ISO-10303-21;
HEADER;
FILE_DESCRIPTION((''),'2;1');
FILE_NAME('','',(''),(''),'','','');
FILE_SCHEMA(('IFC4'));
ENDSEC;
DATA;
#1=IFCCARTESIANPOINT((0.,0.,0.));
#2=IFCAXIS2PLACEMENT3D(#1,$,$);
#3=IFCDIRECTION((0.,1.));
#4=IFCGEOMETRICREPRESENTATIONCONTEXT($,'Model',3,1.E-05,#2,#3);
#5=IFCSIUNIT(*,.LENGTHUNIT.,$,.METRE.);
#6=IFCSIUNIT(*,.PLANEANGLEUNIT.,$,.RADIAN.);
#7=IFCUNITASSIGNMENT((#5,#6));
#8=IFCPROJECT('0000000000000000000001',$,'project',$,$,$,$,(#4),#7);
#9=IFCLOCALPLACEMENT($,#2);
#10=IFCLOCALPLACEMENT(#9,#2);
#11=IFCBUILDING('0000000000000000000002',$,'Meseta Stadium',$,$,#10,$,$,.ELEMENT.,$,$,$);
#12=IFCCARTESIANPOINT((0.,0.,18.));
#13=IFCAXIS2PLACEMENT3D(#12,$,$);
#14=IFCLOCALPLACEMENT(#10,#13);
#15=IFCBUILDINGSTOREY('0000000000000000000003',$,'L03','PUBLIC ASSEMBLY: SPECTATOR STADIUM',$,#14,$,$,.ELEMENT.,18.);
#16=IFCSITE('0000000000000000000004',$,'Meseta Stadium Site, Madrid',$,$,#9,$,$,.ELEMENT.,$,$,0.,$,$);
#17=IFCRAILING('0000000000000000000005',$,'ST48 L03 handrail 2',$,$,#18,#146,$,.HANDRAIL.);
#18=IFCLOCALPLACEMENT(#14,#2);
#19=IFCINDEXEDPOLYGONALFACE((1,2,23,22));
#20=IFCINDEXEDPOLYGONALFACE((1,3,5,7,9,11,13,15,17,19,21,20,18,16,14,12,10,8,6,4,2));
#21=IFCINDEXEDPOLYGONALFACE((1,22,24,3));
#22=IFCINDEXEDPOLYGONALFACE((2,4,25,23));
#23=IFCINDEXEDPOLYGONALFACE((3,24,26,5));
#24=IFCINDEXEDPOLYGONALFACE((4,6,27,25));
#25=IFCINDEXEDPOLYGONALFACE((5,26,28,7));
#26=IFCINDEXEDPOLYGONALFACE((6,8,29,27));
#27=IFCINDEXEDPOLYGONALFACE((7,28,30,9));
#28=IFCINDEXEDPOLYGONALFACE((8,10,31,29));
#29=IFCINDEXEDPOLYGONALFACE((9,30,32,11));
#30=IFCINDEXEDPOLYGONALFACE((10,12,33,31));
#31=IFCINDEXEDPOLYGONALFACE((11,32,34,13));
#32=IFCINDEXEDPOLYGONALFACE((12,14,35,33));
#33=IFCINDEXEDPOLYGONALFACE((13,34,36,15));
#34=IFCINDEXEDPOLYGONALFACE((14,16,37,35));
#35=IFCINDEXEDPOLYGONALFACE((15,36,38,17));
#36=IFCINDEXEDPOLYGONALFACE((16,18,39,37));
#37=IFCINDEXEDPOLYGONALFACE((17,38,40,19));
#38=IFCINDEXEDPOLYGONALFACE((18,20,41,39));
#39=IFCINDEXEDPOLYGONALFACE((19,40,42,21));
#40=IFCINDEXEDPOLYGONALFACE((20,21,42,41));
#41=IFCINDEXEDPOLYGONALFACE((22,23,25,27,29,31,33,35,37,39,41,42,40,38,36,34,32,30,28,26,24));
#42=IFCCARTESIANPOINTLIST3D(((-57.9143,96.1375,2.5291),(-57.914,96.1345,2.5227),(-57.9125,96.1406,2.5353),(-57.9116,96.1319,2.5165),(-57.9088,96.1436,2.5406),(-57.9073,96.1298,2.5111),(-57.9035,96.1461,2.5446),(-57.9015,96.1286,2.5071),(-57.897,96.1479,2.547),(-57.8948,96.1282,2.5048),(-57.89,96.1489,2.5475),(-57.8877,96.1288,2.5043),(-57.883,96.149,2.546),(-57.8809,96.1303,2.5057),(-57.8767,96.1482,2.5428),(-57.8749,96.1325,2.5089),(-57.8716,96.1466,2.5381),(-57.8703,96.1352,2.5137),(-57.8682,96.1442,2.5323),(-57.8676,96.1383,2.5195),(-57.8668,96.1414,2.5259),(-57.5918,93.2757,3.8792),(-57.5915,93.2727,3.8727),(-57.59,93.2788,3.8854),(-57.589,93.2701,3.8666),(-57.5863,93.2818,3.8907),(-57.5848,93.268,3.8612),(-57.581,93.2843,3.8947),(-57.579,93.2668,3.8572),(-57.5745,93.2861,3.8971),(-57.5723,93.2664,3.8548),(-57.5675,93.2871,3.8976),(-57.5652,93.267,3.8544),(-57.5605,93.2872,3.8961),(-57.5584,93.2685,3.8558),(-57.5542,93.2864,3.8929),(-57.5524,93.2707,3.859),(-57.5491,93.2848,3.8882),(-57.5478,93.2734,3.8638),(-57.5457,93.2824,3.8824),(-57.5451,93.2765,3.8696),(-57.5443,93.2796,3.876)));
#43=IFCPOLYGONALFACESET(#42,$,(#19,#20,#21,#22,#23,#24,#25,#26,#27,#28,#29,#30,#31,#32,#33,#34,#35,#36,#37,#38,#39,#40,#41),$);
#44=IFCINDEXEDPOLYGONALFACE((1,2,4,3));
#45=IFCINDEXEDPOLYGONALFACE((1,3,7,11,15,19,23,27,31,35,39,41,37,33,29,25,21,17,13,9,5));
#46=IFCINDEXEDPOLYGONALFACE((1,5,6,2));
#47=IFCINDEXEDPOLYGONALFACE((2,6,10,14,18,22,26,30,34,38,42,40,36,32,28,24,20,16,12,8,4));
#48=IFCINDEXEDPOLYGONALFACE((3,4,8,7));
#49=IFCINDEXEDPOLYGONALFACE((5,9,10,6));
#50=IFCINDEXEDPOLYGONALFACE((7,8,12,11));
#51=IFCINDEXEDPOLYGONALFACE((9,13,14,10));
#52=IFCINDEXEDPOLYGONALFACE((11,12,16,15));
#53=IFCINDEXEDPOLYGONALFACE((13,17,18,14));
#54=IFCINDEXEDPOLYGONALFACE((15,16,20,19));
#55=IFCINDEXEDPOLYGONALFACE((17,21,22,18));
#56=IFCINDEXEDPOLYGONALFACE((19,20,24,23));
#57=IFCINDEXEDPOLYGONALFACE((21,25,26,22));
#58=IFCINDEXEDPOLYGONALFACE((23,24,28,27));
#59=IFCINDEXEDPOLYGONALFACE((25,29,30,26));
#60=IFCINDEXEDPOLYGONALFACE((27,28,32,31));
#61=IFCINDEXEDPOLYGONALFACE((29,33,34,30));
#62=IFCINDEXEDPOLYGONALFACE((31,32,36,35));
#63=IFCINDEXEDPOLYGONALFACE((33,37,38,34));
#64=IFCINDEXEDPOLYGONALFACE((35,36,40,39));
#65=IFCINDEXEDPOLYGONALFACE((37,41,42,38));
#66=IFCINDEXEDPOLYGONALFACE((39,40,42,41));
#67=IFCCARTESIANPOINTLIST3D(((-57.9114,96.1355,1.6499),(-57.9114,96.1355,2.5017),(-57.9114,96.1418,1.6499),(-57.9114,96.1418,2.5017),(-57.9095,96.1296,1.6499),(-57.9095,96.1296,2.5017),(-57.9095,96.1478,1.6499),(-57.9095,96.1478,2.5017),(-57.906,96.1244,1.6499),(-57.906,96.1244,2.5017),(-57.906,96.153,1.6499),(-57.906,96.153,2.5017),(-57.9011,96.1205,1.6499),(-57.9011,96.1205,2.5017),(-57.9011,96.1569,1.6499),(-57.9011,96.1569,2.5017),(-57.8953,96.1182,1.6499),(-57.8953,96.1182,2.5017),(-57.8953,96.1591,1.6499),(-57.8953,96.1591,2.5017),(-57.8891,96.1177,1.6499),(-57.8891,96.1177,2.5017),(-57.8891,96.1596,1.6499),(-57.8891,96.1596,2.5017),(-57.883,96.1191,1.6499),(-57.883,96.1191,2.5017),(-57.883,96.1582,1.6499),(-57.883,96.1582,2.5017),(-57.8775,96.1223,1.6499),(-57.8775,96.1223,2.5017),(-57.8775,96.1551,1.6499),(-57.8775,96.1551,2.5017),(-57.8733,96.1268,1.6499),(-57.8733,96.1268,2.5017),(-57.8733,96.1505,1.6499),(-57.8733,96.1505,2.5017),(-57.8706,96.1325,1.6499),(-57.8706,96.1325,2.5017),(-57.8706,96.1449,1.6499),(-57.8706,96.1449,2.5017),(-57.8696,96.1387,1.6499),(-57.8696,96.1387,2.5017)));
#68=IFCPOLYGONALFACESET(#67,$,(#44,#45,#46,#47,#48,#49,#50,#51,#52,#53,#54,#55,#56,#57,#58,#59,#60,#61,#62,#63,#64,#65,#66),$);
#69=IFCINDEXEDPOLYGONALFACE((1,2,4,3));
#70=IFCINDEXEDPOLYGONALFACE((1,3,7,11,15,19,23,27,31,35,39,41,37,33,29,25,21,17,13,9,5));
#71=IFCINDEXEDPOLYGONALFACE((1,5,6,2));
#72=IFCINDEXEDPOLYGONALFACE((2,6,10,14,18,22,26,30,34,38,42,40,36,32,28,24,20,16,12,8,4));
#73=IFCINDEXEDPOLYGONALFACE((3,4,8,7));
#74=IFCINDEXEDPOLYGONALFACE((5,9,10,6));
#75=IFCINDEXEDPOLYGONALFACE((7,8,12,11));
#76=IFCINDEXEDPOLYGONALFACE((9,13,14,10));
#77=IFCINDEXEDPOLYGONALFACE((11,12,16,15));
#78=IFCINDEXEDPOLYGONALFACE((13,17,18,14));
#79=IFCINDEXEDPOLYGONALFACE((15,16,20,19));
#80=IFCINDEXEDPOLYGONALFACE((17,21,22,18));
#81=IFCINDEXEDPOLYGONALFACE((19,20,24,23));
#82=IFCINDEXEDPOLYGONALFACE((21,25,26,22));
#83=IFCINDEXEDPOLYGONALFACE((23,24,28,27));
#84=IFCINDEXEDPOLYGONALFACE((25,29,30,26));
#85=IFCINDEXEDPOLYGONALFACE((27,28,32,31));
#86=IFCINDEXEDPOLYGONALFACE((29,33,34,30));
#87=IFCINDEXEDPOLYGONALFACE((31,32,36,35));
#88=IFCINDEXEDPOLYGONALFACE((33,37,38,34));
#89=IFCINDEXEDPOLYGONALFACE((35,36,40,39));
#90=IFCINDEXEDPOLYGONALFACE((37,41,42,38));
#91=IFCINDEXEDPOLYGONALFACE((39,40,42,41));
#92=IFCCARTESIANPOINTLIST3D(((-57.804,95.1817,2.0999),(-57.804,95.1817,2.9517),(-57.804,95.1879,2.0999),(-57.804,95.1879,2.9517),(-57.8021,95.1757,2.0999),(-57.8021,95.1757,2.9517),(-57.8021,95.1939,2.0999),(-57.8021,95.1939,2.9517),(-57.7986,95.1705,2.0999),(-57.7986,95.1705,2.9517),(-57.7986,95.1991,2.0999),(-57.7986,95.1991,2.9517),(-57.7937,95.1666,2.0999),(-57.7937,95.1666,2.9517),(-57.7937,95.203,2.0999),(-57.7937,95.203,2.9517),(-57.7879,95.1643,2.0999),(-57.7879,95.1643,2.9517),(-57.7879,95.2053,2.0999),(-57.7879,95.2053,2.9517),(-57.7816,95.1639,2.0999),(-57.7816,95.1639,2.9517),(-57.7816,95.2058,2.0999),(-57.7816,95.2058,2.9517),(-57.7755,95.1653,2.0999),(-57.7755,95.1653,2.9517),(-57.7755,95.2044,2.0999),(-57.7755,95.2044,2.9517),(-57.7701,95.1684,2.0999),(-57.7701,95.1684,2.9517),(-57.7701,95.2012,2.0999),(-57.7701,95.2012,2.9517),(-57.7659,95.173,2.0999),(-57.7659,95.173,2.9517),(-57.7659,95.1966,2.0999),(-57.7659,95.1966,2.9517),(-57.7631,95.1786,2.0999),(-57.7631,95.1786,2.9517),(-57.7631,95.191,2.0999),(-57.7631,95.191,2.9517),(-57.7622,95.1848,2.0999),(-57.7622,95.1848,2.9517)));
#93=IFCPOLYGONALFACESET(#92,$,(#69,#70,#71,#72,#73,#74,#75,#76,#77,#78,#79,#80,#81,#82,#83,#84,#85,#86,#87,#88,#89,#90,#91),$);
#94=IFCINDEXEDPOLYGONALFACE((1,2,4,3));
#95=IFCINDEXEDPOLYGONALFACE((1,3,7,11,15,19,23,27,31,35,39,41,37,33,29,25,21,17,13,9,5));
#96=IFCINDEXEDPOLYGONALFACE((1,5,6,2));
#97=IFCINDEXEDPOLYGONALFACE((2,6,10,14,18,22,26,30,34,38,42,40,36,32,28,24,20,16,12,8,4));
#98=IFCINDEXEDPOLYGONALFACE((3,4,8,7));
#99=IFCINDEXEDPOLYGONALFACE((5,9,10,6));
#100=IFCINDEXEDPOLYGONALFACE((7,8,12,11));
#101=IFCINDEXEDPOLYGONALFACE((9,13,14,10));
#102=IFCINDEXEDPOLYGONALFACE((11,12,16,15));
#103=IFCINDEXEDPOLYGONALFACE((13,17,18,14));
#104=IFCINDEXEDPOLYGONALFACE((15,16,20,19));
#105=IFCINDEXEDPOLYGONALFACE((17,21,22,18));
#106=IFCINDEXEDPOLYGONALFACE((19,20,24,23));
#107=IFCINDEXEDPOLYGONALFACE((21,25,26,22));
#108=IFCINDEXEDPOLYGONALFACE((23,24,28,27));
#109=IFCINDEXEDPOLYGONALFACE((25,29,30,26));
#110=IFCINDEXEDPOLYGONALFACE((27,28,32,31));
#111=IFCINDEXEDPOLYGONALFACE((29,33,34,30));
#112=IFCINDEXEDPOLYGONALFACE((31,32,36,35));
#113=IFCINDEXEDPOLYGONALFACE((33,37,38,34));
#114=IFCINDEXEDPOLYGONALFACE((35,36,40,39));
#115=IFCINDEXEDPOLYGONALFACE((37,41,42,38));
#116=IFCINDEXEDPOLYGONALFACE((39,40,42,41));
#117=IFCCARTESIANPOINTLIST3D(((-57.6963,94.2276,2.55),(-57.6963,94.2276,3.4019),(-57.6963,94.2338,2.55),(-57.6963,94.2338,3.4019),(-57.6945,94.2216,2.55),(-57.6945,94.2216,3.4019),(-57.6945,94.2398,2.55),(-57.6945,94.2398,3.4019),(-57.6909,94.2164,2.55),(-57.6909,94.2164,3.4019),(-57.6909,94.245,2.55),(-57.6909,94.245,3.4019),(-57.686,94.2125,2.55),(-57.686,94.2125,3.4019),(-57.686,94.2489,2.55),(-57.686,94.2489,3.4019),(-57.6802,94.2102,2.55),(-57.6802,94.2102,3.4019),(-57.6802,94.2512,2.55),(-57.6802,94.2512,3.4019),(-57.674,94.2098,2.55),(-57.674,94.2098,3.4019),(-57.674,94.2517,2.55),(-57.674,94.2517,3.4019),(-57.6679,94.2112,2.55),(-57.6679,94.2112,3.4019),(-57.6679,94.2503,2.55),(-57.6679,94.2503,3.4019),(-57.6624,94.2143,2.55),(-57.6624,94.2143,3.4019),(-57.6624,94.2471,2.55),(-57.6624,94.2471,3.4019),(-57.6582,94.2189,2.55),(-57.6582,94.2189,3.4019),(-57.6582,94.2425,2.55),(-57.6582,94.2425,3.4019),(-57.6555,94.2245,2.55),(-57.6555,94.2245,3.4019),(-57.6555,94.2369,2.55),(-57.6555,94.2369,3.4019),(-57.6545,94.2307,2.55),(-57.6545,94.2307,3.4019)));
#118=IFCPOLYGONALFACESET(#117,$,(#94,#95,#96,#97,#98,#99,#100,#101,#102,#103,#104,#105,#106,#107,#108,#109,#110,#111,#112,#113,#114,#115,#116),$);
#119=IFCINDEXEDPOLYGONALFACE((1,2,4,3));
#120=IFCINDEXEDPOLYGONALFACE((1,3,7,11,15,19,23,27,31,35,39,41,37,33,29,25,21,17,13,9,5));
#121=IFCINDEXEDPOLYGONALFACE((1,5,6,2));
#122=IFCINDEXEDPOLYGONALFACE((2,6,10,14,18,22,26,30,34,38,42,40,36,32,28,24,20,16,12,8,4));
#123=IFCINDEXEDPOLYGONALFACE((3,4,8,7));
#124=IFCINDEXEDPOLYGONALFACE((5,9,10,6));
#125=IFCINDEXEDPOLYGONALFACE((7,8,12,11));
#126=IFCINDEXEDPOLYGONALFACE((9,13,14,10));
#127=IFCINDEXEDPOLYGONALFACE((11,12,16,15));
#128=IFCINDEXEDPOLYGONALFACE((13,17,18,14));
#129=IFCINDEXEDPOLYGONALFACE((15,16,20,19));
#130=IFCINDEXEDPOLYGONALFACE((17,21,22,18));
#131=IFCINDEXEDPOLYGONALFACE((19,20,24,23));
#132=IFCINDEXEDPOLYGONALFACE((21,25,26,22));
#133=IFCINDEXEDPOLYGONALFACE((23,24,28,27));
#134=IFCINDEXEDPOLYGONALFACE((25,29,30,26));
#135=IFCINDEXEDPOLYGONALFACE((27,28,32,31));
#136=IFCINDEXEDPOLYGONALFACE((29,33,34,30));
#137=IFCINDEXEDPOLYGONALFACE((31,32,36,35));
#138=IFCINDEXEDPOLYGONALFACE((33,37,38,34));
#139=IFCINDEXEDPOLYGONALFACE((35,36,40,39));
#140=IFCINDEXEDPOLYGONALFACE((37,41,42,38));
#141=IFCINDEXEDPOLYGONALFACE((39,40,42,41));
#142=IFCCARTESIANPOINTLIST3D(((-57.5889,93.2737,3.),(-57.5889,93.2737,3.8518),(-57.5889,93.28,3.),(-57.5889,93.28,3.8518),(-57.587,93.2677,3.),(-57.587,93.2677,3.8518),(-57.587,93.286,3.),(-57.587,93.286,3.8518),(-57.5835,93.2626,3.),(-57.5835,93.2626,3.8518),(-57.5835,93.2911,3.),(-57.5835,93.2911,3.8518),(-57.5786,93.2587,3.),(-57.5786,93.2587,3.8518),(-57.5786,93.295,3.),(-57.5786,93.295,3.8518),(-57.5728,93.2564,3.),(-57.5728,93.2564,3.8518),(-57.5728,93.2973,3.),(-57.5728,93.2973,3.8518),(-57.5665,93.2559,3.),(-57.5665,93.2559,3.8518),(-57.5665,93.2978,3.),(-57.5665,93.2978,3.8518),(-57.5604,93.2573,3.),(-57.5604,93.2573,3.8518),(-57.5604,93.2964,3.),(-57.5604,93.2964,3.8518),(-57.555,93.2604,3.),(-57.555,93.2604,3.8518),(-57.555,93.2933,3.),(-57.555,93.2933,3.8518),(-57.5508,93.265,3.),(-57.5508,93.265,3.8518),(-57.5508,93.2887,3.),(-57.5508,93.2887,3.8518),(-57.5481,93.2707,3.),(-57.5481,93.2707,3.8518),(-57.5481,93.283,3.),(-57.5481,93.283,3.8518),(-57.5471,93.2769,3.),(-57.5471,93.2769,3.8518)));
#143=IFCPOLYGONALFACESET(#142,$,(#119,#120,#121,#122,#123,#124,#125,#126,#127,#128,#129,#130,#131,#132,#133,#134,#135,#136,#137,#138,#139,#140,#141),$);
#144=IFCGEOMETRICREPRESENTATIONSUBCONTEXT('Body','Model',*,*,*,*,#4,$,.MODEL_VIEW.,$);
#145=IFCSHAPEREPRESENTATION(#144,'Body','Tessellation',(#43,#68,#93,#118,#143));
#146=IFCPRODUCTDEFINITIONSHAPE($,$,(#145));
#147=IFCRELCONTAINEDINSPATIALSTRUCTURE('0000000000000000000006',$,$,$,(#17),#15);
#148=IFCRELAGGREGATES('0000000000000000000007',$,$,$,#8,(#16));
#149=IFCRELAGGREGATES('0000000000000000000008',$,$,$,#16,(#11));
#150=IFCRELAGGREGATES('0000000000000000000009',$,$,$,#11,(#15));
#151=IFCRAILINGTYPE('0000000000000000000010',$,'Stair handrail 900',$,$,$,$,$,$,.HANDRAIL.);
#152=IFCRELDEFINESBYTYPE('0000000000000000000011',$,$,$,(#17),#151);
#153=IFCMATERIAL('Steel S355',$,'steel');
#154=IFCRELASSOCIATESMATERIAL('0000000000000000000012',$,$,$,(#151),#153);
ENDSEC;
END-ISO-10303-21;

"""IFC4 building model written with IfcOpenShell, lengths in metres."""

from ifc_helpers import new_model, si_unit, direction, frame, origin, origin_2d, place, context, subcontext, project, spatial, circle, extrude, material, type_object, element, save


model = new_model("IFC4")

# Units and contexts
model_context = context("Model", 3, precision=1e-05, world=origin(), true_north=direction((0.0, 1.0)))
body_context = subcontext(model_context, "Body", "Model", "MODEL_VIEW")
ifc_project = project(units=[si_unit("LENGTHUNIT", "METRE"), si_unit("PLANEANGLEUNIT", "RADIAN")], contexts=[model_context])

# Site, building, storey
site_placement = place(None, origin())
site = spatial("IfcSite", under=ifc_project, at=site_placement, Name="Meseta Stadium Site, Madrid", CompositionType="ELEMENT", RefElevation=0.0)
building_placement = place(site_placement, origin())
building = spatial("IfcBuilding", under=site, at=building_placement, Name="Meseta Stadium", CompositionType="ELEMENT")
storey_placement = place(building_placement, frame((0.0, 0.0, 18.0)))
storey = spatial("IfcBuildingStorey", under=building, at=storey_placement, Name="L03", Description="PUBLIC ASSEMBLY: SPECTATOR STADIUM", CompositionType="ELEMENT", Elevation=18.0)

# Railing
ifc_material_1 = material(Name="Steel S355", Category="steel")
railing_type_1 = type_object("IfcRailingType", Name="Stair handrail 900", PredefinedType="HANDRAIL", material=ifc_material_1)
for number, where, name in (
    (1, (-57.8906, 96.1387, 1.6499), "ST48 L03 handrail 2"),
):
    element("IfcRailing", number, at=place(storey_placement, frame(where)), inside=storey, type_object=railing_type_1, Name=name, PredefinedType="HANDRAIL", context=body_context, shape_type="SweptSolid", body=[
        extrude(circle(Radius=0.0239, at=origin_2d()), frame((0.0, 0.0, 0.876), z_axis=(0.101396, -0.899748, 0.424467), x_axis=(0.99371, 0.111985, 0.0)), (0.0, 0.0, 1.0), 3.1807),
        extrude(circle(Radius=0.021, at=origin_2d()), origin(), (0.0, 0.0, 1.0), 0.8518),
        extrude(circle(Radius=0.021, at=origin_2d()), frame((0.1074, -0.9539, 0.45)), (0.0, 0.0, 1.0), 0.8518),
        extrude(circle(Radius=0.021, at=origin_2d()), frame((0.2151, -1.908, 0.9001)), (0.0, 0.0, 1.0), 0.8518),
        extrude(circle(Radius=0.021, at=origin_2d()), frame((0.3225, -2.8618, 1.3501)), (0.0, 0.0, 1.0), 0.8518),
    ])

save(model, "model.ifc")
